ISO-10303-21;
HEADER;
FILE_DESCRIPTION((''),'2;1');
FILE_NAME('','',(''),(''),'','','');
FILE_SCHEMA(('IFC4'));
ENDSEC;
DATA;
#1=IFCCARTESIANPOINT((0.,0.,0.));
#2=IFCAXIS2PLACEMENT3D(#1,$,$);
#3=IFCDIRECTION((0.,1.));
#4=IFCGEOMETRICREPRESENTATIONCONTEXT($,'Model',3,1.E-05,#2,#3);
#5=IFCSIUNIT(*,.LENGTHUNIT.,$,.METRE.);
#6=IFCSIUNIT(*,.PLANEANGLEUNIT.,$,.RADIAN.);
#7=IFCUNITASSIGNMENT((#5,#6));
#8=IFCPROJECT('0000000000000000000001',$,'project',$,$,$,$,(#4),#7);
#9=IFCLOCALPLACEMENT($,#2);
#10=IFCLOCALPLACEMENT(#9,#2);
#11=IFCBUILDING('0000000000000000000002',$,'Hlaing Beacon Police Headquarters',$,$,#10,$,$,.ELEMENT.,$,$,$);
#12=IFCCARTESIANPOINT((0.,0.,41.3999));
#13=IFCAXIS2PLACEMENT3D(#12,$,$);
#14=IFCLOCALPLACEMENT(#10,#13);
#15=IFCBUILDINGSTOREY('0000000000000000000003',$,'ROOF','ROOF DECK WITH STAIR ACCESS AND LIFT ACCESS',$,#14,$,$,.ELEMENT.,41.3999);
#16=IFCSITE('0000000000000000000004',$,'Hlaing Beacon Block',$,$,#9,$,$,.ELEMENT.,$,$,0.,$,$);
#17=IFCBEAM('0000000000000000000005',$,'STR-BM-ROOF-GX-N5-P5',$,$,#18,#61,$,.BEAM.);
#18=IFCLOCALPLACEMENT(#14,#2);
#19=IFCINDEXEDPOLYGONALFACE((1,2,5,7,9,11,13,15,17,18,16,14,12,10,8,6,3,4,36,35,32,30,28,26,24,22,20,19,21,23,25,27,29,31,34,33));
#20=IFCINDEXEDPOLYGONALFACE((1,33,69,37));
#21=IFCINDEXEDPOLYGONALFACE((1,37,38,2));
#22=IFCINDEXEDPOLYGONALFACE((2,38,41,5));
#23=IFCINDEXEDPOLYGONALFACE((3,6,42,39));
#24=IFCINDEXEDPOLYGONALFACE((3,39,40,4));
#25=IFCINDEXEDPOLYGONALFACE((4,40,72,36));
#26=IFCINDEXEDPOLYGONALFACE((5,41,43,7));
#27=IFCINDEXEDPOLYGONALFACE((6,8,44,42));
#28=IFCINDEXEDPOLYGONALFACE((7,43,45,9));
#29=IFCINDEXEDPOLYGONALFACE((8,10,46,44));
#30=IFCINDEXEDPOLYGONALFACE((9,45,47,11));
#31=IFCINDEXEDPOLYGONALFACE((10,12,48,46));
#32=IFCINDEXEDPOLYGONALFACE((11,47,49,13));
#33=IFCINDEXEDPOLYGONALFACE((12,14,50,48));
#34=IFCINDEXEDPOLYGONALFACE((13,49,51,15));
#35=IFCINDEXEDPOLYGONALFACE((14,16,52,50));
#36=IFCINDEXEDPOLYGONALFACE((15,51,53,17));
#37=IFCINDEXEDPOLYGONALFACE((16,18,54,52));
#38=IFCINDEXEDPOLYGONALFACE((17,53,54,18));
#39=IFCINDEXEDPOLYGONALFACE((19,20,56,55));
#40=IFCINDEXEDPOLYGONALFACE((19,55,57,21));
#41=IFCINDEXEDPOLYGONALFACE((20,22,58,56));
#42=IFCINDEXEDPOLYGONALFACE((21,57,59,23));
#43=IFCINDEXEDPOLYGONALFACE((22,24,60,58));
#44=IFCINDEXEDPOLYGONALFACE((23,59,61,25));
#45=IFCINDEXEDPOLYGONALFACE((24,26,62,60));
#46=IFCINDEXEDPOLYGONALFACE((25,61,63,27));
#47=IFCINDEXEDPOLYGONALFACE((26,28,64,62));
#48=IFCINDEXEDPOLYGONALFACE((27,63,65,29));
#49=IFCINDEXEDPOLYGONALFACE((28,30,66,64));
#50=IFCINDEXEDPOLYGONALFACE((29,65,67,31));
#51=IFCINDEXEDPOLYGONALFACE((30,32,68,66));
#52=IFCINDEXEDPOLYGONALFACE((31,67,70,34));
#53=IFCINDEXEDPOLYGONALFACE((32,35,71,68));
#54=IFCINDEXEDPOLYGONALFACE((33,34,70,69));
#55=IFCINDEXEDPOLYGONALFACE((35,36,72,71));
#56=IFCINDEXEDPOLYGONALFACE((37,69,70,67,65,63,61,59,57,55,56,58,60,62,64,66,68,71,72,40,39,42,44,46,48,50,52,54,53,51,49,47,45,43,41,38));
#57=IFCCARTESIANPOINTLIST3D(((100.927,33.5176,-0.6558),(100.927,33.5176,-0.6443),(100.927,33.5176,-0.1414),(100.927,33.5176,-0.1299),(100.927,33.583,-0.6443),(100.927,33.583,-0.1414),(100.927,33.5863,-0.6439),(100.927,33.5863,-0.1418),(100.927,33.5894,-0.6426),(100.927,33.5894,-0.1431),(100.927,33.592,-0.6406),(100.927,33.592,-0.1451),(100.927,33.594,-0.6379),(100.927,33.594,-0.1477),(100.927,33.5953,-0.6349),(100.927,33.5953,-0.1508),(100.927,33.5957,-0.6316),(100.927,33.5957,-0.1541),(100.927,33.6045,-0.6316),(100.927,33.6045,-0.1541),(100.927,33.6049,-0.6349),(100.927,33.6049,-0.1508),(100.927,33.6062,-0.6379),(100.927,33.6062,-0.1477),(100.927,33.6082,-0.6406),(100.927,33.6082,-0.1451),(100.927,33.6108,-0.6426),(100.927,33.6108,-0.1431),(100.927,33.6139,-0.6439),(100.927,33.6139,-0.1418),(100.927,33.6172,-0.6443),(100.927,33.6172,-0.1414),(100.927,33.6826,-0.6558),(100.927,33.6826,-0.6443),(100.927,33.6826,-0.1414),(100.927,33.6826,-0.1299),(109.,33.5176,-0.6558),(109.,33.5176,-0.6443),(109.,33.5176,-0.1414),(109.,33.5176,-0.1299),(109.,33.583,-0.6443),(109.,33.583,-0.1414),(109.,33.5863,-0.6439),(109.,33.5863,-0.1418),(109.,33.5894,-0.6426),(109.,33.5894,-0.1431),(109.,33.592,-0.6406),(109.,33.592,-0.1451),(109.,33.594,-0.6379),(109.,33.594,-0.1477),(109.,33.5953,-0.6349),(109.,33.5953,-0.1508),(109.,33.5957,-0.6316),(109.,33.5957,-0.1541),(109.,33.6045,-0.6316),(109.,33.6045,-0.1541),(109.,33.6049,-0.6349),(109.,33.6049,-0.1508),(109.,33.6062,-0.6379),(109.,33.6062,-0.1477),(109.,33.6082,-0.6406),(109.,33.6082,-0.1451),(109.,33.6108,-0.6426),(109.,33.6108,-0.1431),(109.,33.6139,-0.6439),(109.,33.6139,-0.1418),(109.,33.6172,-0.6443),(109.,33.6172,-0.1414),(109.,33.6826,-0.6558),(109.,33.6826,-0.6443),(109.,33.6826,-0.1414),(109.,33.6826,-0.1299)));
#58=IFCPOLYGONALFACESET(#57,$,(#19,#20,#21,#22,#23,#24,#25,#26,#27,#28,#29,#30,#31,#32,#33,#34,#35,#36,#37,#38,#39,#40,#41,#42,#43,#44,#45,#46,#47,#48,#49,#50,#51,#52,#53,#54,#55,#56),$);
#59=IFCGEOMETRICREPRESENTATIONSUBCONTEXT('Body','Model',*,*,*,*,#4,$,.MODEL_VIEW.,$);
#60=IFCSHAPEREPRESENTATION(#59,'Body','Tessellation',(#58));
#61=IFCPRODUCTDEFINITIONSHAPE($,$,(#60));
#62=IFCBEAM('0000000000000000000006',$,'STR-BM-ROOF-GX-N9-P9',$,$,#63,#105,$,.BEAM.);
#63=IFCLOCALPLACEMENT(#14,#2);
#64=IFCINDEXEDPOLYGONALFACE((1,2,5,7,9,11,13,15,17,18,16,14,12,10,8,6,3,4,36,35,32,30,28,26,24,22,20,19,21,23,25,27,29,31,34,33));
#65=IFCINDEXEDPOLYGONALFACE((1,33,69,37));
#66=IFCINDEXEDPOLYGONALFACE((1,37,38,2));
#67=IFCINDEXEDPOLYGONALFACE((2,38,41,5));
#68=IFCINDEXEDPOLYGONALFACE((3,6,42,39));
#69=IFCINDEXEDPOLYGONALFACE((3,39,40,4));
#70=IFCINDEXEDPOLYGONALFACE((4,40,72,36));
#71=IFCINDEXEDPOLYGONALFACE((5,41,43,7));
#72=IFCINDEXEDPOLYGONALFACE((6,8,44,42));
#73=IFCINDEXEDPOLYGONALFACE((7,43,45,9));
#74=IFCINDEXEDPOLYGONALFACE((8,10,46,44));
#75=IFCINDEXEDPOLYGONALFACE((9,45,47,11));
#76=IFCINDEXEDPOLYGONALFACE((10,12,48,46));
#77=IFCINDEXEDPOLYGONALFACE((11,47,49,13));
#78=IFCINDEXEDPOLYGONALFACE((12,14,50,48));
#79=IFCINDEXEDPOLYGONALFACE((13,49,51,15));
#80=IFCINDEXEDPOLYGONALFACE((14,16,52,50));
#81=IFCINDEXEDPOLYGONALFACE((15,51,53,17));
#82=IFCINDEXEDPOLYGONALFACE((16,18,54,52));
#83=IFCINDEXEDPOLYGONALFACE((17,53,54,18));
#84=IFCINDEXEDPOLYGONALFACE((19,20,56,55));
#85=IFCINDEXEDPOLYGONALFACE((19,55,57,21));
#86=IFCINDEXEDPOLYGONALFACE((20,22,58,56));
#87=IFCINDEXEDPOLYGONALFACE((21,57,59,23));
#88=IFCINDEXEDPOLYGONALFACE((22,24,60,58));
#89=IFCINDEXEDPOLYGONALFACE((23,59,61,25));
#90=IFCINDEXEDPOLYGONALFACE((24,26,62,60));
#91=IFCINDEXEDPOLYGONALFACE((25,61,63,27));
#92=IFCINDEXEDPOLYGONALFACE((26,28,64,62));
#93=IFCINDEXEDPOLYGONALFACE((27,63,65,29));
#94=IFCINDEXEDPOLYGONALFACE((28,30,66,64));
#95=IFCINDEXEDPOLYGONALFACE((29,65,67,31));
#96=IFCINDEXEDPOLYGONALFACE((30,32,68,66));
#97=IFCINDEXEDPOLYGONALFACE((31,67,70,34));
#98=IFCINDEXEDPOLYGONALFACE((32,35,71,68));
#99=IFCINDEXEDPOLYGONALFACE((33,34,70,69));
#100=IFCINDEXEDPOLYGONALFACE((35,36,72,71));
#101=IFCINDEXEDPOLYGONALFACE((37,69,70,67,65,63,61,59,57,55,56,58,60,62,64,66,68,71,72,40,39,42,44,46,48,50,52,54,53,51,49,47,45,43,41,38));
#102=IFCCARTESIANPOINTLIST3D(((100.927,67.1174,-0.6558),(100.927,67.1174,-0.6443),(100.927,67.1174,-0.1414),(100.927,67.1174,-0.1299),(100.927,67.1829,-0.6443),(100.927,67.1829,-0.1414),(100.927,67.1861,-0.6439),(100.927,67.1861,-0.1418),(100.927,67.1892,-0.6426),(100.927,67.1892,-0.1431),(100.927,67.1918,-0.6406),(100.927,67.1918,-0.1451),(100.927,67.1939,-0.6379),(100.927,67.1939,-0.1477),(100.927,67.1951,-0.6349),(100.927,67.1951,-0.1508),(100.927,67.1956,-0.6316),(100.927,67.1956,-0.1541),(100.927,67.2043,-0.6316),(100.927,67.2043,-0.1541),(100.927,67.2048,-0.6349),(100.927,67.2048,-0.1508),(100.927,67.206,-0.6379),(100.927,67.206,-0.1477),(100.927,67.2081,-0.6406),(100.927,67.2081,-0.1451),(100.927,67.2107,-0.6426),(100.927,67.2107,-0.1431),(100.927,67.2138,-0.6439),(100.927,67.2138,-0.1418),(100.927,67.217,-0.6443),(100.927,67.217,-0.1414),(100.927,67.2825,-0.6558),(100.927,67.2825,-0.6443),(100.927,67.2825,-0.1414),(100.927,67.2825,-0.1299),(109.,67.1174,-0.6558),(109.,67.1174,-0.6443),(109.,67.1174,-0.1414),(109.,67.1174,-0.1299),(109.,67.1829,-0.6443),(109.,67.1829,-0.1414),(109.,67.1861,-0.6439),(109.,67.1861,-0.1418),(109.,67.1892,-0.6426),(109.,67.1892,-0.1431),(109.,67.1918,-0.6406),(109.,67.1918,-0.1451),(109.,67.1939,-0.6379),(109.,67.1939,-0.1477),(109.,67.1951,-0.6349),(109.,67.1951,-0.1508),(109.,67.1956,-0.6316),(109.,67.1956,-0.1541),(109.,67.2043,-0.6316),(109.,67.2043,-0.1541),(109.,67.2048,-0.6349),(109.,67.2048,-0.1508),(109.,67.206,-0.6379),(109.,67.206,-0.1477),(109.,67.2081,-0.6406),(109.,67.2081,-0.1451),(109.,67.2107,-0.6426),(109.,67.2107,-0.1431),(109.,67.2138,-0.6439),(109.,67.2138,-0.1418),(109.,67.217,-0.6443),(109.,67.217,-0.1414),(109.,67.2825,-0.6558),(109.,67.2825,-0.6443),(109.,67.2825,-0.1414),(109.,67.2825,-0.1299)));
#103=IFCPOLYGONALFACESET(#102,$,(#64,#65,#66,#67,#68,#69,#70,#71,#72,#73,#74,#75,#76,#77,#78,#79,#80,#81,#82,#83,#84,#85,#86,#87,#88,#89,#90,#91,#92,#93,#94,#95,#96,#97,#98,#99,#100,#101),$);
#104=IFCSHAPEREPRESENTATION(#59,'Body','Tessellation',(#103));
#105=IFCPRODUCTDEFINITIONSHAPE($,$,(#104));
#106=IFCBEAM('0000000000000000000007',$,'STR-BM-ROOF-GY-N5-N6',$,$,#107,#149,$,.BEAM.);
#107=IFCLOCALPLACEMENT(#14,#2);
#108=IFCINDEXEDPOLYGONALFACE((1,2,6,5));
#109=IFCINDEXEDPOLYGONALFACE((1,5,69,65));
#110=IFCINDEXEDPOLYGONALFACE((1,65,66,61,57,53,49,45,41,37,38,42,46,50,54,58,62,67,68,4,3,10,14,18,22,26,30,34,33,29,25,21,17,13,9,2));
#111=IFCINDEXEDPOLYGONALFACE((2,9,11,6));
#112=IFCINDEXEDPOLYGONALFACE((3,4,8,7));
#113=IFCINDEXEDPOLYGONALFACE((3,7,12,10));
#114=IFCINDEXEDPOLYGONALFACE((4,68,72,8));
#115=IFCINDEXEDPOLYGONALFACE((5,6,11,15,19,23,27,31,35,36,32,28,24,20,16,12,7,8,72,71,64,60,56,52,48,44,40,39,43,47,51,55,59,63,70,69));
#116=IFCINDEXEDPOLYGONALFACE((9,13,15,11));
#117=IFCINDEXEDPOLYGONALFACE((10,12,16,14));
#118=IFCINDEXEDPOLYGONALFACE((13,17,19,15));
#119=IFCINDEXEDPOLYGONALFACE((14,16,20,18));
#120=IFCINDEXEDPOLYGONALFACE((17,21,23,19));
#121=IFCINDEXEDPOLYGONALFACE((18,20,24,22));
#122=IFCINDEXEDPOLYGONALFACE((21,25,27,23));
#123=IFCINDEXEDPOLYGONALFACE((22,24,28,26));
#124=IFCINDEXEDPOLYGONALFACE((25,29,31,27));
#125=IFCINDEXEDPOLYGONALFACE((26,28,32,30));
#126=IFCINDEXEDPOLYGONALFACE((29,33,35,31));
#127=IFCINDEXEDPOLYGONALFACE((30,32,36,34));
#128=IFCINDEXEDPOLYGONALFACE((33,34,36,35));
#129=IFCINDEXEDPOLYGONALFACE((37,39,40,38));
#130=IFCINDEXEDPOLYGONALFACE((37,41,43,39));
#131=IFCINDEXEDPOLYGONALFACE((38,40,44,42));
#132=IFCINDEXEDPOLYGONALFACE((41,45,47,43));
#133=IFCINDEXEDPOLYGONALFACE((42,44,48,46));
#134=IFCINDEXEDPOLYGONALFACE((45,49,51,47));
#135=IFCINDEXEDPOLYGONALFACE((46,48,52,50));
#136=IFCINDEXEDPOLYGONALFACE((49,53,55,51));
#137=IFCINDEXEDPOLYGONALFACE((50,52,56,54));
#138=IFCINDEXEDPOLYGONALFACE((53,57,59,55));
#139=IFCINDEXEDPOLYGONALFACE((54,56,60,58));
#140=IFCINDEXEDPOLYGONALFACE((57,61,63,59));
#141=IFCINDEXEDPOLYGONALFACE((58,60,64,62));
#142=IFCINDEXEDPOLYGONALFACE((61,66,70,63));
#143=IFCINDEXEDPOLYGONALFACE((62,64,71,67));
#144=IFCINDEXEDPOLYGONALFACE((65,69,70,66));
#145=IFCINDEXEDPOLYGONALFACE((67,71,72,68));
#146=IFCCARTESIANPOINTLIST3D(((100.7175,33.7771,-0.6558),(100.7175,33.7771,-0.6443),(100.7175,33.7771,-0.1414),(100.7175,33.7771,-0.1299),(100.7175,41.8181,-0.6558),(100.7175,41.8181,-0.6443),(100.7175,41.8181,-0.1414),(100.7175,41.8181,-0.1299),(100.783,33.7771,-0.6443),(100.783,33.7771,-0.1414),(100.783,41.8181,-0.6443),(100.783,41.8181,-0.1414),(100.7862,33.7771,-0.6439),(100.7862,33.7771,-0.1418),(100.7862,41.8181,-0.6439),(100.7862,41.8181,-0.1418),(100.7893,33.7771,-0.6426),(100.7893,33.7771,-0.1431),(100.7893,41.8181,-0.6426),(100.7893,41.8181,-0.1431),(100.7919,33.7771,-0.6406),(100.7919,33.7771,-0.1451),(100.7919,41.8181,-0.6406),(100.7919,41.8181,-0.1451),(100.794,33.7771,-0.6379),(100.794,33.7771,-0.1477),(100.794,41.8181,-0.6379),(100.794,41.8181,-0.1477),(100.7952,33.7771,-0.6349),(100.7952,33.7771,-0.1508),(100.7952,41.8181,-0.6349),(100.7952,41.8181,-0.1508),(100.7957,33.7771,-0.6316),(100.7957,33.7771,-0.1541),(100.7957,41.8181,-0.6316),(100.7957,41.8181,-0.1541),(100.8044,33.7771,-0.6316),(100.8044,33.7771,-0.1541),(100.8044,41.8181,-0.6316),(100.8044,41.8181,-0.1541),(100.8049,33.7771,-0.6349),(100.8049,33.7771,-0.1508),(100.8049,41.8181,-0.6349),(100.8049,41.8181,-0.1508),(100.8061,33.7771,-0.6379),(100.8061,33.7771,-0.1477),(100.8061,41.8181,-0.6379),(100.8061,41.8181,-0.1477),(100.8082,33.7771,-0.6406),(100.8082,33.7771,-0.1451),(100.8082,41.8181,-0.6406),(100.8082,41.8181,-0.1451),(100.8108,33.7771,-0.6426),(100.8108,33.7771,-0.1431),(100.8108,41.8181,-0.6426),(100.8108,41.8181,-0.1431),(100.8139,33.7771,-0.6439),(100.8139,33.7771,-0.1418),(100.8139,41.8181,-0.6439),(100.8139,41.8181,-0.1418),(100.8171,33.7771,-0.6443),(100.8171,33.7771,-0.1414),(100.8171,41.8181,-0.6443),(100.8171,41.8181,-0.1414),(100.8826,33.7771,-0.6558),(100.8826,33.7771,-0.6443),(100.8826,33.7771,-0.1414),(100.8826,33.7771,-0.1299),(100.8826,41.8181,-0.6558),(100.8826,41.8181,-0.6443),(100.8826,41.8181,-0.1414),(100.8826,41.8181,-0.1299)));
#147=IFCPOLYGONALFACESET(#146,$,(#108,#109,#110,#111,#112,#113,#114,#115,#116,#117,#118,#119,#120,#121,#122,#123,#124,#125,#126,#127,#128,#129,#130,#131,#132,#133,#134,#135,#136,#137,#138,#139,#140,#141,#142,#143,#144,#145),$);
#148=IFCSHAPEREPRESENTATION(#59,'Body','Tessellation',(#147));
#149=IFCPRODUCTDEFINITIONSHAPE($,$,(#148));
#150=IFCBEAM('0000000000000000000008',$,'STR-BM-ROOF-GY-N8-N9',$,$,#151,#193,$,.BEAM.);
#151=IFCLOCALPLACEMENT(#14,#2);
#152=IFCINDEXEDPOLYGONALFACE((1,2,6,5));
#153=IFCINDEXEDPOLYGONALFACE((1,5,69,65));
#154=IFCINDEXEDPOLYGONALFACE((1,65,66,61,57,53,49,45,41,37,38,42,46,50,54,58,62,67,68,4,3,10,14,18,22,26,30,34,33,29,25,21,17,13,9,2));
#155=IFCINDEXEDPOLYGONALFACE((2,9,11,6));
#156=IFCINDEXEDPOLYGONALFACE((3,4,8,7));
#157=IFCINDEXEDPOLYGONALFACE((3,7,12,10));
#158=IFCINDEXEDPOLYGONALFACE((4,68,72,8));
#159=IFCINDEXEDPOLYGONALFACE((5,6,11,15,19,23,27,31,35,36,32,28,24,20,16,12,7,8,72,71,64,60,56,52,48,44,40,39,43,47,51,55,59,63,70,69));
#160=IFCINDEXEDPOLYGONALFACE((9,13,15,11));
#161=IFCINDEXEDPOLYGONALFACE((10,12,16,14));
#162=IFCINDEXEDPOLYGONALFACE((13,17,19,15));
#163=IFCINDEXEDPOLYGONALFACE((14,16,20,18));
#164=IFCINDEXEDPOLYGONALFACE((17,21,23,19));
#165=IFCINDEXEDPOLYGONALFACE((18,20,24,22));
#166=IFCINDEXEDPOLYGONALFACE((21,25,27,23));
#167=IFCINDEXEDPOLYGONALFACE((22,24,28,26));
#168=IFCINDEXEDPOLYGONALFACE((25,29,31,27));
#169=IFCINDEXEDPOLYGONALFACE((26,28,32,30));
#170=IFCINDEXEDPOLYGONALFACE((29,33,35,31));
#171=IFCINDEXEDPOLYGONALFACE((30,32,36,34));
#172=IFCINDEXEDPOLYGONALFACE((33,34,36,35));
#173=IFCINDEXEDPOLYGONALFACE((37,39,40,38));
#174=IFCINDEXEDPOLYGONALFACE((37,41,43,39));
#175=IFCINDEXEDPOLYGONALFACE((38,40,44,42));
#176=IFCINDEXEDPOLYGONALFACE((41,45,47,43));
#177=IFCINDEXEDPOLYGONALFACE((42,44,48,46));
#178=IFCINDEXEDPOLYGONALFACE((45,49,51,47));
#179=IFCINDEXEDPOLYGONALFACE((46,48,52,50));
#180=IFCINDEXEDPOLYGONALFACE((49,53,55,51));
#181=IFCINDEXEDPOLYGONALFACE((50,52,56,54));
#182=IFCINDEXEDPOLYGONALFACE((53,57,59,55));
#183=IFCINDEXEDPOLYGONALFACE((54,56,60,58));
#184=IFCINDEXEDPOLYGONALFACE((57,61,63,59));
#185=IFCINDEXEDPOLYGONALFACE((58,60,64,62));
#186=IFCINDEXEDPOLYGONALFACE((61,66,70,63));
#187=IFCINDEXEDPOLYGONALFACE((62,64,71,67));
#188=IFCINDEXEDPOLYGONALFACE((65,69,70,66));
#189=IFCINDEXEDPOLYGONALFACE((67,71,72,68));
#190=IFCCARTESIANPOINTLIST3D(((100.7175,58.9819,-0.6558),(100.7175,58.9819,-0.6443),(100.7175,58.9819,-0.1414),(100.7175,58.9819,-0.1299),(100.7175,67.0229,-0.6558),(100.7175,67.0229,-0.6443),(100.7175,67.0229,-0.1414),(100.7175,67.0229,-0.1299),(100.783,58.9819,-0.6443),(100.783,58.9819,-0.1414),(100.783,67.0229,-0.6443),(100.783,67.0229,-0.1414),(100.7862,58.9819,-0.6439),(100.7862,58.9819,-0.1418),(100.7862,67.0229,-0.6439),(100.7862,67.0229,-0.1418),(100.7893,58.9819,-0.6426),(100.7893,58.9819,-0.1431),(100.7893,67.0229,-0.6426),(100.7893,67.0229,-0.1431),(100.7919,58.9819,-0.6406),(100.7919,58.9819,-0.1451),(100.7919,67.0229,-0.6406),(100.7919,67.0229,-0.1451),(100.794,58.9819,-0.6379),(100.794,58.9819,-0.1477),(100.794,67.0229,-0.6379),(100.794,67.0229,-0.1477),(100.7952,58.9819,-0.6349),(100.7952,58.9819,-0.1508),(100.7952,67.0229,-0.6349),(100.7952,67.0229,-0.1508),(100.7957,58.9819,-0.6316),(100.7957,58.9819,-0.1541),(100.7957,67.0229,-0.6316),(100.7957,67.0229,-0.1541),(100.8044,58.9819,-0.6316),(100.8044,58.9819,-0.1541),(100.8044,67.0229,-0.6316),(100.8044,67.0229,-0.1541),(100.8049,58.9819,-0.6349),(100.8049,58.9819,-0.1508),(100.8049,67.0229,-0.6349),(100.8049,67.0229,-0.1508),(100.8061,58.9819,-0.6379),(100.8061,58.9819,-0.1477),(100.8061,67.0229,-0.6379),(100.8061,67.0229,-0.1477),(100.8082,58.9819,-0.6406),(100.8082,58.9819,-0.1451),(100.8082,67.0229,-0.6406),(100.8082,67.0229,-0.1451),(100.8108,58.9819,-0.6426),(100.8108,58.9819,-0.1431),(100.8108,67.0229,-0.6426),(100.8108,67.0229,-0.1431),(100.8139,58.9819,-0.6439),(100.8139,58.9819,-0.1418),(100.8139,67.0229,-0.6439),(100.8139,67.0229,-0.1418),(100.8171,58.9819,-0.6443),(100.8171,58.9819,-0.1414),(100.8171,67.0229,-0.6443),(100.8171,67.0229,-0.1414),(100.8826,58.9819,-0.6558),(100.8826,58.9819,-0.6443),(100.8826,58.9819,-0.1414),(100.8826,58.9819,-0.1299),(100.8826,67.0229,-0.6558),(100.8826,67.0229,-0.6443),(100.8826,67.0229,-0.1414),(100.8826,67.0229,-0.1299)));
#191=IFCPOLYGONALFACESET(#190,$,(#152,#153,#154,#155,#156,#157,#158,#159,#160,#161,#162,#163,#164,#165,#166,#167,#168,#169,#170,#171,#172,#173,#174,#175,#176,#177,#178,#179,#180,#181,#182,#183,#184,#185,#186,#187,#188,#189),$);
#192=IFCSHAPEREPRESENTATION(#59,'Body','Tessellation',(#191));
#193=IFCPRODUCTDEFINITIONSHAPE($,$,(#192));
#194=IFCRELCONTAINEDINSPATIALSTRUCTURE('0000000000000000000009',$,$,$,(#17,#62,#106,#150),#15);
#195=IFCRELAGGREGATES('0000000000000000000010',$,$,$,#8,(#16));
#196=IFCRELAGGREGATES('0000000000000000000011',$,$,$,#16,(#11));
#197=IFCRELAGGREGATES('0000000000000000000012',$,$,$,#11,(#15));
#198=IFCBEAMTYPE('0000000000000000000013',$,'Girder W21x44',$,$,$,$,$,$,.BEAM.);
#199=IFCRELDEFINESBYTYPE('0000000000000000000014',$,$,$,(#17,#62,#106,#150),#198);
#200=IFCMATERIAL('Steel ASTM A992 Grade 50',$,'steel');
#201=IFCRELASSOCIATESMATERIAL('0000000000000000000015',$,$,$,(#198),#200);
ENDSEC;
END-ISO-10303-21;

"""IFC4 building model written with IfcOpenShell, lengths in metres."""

from ifc_helpers import new_model, si_unit, direction, frame, origin, origin_2d, place, context, subcontext, project, spatial, i_section, extrude, material, material_profile, profile_set, type_object, element, save


model = new_model("IFC4")

# Units and contexts
model_context = context("Model", 3, precision=1e-05, world=origin(), true_north=direction((0.0, 1.0)))
body_context = subcontext(model_context, "Body", "Model", "MODEL_VIEW")
ifc_project = project(units=[si_unit("LENGTHUNIT", "METRE"), si_unit("PLANEANGLEUNIT", "RADIAN")], contexts=[model_context])

# Site, building, storey
site_placement = place(None, origin())
site = spatial("IfcSite", under=ifc_project, at=site_placement, Name="Hlaing Beacon Block", CompositionType="ELEMENT", RefElevation=0.0)
building_placement = place(site_placement, origin())
building = spatial("IfcBuilding", under=site, at=building_placement, Name="Hlaing Beacon Police Headquarters", CompositionType="ELEMENT")
storey_placement = place(building_placement, frame((0.0, 0.0, 41.3999)))
storey = spatial("IfcBuildingStorey", under=building, at=storey_placement, Name="ROOF", Description="ROOF DECK WITH STAIR ACCESS AND LIFT ACCESS", CompositionType="ELEMENT", Elevation=41.3999)

# Beams
ifc_material_1 = material(Name="Steel ASTM A992 Grade 50", Category="steel")
ifc_material_profile_1 = material_profile(ifc_material_1, i_section(OverallWidth=0.165, OverallDepth=0.5259, WebThickness=0.0088, FlangeThickness=0.0115, FilletRadius=0.0127, at=origin_2d()), Name="W21x44")
ifc_profile_set_1 = profile_set([ifc_material_profile_1], Name="Steel ASTM A992 Grade 50")
beam_type_1 = type_object("IfcBeamType", Name="Girder W21x44", PredefinedType="BEAM", material=ifc_profile_set_1)
for number, where, z_axis, x_axis, name in (
    (1, (100.927, 33.6001, -0.3928), (1.0, 0.0, 0.0), (0.0, 1.0, 0.0), "STR-BM-ROOF-GX-N5-P5"),
    (2, (100.927, 67.2, -0.3928), (1.0, 0.0, 0.0), (0.0, 1.0, 0.0), "STR-BM-ROOF-GX-N9-P9"),
):
    element("IfcBeam", number, at=place(storey_placement, frame(where, z_axis=z_axis, x_axis=x_axis)), inside=storey, type_object=beam_type_1, Name=name, PredefinedType="BEAM", context=body_context, shape_type="SweptSolid", body=[
        extrude(i_section(OverallWidth=0.165, OverallDepth=0.5259, WebThickness=0.0088, FlangeThickness=0.0115, FilletRadius=0.0127, at=origin_2d()), origin(), (0.0, 0.0, 1.0), 8.073),
    ])
for number, where, z_axis, x_axis, name in (
    (3, (100.8, 33.7771, -0.3928), (0.0, 1.0, 0.0), (-1.0, 0.0, 0.0), "STR-BM-ROOF-GY-N5-N6"),
    (4, (100.8, 58.9819, -0.3928), (0.0, 1.0, 0.0), (-1.0, 0.0, 0.0), "STR-BM-ROOF-GY-N8-N9"),
):
    element("IfcBeam", number, at=place(storey_placement, frame(where, z_axis=z_axis, x_axis=x_axis)), inside=storey, type_object=beam_type_1, Name=name, PredefinedType="BEAM", context=body_context, shape_type="SweptSolid", body=[
        extrude(i_section(OverallWidth=0.165, OverallDepth=0.5259, WebThickness=0.0088, FlangeThickness=0.0115, FilletRadius=0.0127, at=origin_2d()), origin(), (0.0, 0.0, 1.0), 8.041),
    ])

save(model, "model.ifc")
